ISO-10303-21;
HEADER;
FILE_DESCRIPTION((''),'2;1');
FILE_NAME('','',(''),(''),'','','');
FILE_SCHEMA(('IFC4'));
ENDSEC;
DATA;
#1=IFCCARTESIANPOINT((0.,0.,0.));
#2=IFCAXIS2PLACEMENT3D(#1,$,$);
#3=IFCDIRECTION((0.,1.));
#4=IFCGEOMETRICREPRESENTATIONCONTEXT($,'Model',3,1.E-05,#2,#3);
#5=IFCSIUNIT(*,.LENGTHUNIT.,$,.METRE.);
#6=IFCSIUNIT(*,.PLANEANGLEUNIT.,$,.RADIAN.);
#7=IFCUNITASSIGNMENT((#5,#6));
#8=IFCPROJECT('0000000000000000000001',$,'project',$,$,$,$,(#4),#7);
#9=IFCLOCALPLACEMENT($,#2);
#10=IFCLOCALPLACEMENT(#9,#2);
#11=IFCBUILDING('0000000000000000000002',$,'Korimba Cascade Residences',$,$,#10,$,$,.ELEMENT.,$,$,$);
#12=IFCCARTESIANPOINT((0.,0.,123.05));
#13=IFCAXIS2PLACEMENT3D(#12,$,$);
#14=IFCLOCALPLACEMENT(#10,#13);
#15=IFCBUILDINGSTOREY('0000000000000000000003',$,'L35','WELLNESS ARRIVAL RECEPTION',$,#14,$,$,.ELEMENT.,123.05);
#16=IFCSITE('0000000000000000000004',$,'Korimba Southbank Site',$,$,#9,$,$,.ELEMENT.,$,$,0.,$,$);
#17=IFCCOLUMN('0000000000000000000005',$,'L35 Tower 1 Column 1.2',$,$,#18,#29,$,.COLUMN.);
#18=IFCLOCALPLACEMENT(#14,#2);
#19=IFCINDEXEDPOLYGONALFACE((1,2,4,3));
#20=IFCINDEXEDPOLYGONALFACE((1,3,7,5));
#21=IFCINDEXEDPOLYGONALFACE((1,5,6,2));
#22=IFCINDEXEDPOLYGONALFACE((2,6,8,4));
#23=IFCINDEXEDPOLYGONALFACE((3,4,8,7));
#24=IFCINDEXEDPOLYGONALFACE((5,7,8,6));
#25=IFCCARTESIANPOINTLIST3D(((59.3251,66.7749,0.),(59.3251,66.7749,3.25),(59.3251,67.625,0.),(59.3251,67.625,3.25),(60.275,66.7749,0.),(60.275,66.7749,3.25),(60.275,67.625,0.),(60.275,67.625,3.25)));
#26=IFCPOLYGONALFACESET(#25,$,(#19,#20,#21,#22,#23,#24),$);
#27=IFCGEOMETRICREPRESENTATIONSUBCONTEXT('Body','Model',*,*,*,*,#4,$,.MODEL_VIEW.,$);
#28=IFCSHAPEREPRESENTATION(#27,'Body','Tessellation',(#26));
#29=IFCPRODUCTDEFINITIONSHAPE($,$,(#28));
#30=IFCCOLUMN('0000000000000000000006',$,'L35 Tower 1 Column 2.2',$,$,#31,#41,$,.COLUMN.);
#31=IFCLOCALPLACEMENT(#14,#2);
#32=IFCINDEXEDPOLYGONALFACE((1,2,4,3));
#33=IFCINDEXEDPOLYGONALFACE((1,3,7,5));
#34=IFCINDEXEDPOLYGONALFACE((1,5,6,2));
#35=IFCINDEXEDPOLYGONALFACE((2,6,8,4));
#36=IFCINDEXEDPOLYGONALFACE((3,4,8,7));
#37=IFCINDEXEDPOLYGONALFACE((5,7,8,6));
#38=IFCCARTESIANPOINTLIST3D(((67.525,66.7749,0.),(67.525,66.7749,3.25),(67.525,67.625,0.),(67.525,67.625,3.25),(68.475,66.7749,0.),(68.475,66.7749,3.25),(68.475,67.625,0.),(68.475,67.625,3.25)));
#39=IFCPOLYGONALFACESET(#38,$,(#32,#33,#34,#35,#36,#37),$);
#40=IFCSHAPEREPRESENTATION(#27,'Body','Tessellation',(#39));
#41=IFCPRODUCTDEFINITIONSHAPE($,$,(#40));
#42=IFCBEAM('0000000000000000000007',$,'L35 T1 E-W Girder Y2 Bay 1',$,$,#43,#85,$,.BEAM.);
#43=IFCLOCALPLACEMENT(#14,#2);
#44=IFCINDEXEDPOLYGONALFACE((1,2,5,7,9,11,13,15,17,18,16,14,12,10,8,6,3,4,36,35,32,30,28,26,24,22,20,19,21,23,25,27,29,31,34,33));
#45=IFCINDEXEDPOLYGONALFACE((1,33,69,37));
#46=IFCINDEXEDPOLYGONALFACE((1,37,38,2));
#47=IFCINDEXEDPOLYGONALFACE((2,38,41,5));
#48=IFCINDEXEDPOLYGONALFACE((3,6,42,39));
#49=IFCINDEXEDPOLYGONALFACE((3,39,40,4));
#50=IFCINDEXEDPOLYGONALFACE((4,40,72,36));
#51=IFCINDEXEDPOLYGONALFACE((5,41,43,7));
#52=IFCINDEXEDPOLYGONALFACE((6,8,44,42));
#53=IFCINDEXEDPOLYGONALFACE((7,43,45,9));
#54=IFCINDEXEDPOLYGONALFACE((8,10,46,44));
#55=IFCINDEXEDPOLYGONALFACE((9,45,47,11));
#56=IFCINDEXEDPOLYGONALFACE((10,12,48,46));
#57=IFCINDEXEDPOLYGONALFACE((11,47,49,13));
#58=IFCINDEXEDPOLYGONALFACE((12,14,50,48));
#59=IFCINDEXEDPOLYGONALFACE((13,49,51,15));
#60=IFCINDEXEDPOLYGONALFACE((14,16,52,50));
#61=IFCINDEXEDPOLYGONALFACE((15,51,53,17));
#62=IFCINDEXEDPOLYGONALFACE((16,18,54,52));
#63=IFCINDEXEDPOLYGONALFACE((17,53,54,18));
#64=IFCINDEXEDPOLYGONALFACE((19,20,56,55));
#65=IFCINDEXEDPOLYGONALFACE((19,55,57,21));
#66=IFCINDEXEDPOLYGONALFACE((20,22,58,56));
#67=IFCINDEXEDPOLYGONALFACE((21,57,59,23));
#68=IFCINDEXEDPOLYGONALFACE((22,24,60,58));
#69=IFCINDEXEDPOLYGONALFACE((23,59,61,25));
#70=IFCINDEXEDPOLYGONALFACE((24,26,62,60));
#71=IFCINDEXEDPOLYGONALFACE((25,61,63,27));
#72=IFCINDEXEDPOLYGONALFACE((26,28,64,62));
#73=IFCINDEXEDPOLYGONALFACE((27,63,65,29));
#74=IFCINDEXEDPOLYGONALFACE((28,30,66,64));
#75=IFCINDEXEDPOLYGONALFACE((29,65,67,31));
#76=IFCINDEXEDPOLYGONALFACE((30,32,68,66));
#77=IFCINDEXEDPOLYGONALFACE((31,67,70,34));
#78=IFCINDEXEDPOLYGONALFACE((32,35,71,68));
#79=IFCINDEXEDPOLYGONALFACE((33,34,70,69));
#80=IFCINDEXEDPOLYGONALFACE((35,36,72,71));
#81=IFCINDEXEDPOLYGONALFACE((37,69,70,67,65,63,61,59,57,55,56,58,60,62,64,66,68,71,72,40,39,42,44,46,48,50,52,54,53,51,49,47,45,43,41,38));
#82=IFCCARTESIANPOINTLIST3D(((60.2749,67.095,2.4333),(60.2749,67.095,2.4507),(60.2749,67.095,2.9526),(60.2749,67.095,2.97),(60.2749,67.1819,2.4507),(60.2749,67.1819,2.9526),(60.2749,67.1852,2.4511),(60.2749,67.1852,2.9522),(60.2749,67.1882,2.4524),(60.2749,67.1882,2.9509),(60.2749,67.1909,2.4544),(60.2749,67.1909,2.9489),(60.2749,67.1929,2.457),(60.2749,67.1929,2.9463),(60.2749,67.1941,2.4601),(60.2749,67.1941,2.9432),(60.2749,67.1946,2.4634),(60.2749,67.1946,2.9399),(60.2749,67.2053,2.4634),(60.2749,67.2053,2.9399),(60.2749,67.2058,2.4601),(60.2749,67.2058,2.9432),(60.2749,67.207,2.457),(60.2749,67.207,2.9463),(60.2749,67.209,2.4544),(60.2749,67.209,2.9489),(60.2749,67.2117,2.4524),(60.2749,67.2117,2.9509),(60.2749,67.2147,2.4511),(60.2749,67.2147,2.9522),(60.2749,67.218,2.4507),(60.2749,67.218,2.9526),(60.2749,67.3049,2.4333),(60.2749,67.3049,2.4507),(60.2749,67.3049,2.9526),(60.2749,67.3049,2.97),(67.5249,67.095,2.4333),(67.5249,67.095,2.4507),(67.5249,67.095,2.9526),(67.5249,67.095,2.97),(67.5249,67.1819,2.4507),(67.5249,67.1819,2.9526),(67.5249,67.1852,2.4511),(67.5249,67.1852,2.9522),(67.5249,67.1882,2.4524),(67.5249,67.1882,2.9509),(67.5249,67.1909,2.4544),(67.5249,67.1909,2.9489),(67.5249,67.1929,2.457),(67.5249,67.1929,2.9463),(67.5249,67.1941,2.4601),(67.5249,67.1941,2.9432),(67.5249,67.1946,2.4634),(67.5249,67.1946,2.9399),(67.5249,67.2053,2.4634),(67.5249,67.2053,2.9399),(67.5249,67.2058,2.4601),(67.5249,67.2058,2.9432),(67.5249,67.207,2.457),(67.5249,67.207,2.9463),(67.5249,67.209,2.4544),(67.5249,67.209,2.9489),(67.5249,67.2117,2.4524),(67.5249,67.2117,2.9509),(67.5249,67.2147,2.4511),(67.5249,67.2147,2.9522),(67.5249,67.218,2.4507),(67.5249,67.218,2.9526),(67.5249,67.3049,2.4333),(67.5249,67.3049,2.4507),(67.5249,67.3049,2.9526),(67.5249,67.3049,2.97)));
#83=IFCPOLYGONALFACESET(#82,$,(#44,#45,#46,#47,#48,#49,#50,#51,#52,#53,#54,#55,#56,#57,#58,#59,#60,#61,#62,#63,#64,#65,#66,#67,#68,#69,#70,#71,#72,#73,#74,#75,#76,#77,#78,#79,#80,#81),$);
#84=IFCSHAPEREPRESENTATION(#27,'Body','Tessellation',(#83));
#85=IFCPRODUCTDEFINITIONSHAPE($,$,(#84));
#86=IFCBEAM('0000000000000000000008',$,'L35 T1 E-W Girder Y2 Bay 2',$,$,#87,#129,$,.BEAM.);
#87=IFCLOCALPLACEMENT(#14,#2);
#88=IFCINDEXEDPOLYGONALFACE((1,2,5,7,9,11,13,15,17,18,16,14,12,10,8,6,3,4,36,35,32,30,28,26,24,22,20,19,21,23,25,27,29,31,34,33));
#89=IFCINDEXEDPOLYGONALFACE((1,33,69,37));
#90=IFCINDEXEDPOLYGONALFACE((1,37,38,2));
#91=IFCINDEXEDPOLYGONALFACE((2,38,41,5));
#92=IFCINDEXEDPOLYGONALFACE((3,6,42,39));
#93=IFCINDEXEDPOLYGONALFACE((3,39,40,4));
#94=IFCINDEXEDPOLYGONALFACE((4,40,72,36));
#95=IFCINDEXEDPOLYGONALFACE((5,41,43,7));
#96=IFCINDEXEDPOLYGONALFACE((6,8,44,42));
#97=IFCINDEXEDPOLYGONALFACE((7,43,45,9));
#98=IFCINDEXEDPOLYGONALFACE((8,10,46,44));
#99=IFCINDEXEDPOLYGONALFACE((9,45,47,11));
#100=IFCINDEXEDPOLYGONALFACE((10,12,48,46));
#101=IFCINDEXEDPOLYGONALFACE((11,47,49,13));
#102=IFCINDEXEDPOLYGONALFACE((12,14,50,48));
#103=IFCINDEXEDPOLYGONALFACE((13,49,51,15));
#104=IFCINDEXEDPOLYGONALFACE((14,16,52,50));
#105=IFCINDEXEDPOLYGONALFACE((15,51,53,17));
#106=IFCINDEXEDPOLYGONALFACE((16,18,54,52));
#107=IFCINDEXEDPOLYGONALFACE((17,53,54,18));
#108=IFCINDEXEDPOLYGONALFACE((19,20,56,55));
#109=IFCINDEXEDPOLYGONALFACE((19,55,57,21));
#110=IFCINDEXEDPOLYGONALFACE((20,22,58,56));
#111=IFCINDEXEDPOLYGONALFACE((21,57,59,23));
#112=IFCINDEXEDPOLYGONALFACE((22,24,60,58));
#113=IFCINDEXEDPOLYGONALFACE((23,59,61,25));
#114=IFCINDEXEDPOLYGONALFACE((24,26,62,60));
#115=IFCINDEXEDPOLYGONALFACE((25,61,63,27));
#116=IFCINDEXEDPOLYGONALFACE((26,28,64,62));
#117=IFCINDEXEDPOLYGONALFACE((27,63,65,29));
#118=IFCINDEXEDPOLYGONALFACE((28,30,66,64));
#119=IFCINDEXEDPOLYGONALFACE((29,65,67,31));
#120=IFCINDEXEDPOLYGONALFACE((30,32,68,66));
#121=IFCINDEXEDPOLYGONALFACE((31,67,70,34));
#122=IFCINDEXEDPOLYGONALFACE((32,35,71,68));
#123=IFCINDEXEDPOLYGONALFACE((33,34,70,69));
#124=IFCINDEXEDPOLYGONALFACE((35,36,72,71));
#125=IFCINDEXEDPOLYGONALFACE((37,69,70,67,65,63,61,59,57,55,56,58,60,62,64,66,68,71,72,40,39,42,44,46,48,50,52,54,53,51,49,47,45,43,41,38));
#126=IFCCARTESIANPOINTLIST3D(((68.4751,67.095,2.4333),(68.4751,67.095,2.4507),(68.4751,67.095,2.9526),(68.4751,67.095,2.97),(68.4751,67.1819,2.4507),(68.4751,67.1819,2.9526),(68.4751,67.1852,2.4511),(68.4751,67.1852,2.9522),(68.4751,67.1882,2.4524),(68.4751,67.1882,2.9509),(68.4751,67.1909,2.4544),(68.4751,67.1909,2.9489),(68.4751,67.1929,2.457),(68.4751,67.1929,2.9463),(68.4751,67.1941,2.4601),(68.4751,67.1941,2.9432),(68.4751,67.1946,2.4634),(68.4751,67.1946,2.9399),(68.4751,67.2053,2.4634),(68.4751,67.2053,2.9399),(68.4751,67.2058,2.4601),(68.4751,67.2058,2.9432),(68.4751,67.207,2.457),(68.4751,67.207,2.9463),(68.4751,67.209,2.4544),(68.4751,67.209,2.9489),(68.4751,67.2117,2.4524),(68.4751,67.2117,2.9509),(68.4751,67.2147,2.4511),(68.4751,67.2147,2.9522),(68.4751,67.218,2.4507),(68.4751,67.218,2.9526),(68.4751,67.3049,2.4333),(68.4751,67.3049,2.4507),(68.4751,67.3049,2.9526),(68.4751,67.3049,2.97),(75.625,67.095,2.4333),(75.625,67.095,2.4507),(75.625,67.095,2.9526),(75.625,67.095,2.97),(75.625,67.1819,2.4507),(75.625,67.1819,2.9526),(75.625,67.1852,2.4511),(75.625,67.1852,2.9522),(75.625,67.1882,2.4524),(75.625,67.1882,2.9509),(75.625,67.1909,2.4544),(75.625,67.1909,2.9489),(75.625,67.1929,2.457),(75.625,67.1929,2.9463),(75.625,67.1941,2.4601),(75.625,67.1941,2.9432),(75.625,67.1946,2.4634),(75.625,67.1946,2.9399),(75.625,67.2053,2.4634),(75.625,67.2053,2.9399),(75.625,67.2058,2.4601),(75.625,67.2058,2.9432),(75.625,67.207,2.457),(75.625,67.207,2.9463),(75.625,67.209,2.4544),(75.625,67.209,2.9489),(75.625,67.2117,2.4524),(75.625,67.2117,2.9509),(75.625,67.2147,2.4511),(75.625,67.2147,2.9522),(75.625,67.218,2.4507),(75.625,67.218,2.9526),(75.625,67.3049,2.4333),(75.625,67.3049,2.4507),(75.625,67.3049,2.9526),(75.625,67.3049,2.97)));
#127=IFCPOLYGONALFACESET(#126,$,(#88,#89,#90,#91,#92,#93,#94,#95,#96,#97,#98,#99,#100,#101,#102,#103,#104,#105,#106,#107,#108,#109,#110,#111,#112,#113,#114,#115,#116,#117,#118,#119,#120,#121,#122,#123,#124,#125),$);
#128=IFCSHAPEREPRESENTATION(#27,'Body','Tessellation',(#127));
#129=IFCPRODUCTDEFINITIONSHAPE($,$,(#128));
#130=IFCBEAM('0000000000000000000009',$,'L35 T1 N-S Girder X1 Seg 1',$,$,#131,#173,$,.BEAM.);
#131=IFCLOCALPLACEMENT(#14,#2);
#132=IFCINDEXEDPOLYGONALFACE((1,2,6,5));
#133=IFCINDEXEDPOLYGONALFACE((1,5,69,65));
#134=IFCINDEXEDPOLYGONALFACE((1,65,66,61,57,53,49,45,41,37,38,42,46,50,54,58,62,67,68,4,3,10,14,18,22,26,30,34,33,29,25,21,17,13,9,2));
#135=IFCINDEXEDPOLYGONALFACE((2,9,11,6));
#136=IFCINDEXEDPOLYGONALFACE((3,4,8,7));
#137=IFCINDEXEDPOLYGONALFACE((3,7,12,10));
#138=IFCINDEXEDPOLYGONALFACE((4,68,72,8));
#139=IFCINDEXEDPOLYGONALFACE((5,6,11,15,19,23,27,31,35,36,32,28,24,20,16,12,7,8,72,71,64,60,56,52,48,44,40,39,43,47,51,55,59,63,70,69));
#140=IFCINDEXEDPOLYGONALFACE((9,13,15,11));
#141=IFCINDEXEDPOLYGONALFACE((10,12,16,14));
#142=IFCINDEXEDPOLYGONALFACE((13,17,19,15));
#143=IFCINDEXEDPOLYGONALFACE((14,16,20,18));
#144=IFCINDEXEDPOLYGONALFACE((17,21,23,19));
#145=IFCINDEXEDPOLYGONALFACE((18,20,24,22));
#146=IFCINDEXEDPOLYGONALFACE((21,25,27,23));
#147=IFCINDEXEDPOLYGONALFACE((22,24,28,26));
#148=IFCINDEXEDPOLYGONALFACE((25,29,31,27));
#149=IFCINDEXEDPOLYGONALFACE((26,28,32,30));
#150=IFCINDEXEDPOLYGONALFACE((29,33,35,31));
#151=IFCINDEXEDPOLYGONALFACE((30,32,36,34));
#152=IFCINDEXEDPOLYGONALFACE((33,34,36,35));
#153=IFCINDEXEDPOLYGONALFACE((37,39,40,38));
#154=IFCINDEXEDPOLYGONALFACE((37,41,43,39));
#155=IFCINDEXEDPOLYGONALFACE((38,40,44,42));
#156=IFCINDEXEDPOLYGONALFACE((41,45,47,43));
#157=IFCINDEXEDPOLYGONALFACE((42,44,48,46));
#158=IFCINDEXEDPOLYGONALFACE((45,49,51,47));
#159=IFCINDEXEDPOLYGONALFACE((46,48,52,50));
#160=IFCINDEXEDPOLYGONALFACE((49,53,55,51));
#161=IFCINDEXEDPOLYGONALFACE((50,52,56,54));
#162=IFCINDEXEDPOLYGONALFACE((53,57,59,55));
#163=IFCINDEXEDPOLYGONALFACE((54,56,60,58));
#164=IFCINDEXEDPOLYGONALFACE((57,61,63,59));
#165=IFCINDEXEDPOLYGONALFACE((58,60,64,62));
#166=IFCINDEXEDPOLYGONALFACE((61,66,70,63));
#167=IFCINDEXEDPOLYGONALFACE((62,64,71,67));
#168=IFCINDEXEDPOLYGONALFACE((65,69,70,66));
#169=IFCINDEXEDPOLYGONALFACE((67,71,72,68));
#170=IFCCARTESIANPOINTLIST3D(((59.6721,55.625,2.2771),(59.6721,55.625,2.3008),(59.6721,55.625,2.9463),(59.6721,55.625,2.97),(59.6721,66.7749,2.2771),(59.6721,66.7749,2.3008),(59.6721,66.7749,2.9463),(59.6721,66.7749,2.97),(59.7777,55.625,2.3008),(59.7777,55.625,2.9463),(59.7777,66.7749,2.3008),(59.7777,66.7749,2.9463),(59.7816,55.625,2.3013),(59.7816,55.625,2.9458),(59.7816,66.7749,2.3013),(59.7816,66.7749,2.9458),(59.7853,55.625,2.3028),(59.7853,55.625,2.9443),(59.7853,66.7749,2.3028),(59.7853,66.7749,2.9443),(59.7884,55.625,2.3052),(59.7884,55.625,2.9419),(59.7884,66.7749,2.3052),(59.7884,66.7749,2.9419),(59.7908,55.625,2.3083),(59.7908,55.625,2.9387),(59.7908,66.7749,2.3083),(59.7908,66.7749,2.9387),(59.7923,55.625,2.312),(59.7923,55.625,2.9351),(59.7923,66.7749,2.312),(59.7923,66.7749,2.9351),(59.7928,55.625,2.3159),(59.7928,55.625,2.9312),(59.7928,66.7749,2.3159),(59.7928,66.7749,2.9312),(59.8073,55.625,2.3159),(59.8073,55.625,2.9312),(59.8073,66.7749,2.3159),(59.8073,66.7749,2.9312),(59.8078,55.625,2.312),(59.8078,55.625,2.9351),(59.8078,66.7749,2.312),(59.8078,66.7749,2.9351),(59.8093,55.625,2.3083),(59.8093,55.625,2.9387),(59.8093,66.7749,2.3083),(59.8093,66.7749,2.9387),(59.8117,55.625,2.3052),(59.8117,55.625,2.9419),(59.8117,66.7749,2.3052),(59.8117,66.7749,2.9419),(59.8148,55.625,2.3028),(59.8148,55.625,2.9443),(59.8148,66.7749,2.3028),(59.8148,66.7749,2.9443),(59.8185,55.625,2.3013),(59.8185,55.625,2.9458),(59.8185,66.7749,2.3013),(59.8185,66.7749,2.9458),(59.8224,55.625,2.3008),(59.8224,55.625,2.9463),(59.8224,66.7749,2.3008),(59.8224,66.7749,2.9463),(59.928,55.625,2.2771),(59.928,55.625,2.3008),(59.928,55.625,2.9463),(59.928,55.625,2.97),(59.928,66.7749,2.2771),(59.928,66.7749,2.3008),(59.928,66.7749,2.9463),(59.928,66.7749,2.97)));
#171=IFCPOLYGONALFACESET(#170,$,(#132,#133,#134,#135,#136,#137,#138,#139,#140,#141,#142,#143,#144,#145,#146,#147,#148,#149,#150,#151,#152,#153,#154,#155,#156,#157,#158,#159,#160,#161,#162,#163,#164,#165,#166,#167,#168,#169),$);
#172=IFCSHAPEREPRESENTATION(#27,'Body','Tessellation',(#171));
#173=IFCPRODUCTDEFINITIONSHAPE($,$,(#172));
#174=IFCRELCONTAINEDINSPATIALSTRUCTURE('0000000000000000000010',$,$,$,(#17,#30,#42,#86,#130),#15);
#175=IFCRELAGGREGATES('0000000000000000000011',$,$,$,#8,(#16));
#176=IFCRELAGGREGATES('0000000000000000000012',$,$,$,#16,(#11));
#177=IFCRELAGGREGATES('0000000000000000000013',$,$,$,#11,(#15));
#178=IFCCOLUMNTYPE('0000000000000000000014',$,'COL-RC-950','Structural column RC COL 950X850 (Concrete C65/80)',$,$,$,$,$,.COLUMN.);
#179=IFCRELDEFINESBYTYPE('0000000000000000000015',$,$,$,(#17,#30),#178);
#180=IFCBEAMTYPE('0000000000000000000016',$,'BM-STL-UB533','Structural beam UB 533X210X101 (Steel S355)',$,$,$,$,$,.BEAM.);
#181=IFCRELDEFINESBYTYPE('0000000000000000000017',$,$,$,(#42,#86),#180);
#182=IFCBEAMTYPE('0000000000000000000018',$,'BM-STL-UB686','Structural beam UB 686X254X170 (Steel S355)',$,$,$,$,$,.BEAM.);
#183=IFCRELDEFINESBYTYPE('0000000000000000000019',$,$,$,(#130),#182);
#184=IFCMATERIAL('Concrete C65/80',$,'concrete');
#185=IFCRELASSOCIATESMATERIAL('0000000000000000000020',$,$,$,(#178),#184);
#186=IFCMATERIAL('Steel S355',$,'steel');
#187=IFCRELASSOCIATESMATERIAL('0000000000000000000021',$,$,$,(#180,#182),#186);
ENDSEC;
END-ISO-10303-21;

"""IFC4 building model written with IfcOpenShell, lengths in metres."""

from ifc_helpers import new_model, si_unit, direction, frame, origin, origin_2d, place, context, subcontext, project, spatial, rectangle, i_section, extrude, material, material_profile, profile_set, type_object, element, save


model = new_model("IFC4")

# Units and contexts
model_context = context("Model", 3, precision=1e-05, world=origin(), true_north=direction((0.0, 1.0)))
body_context = subcontext(model_context, "Body", "Model", "MODEL_VIEW")
ifc_project = project(units=[si_unit("LENGTHUNIT", "METRE"), si_unit("PLANEANGLEUNIT", "RADIAN")], contexts=[model_context])

# Site, building, storey
site_placement = place(None, origin())
site = spatial("IfcSite", under=ifc_project, at=site_placement, Name="Korimba Southbank Site", CompositionType="ELEMENT", RefElevation=0.0)
building_placement = place(site_placement, origin())
building = spatial("IfcBuilding", under=site, at=building_placement, Name="Korimba Cascade Residences", CompositionType="ELEMENT")
storey_placement = place(building_placement, frame((0.0, 0.0, 123.05)))
storey = spatial("IfcBuildingStorey", under=building, at=storey_placement, Name="L35", Description="WELLNESS ARRIVAL RECEPTION", CompositionType="ELEMENT", Elevation=123.05)

# Columns
ifc_material_1 = material(Name="Concrete C65/80", Category="concrete")
ifc_material_profile_1 = material_profile(ifc_material_1, rectangle(XDim=0.95, YDim=0.8501, at=origin_2d()), Name="Concrete C65/80")
ifc_profile_set_1 = profile_set([ifc_material_profile_1], Name="Concrete C65/80")
column_type = type_object("IfcColumnType", Name="COL-RC-950", Description="Structural column RC COL 950X850 (Concrete C65/80)", PredefinedType="COLUMN", material=ifc_profile_set_1)
for number, where, z_axis, x_axis, name in (
    (1, (59.8, 67.2, 0.0), (0.0, 0.0, 1.0), (1.0, 0.0, 0.0), "L35 Tower 1 Column 1.2"),
    (2, (68.0, 67.2, 0.0), (0.0, 0.0, 1.0), (1.0, 0.0, 0.0), "L35 Tower 1 Column 2.2"),
):
    element("IfcColumn", number, at=place(storey_placement, frame(where, z_axis=z_axis, x_axis=x_axis)), inside=storey, type_object=column_type, Name=name, PredefinedType="COLUMN", context=body_context, shape_type="SweptSolid", body=[
        extrude(rectangle(XDim=0.95, YDim=0.8501, at=origin_2d()), origin(), (0.0, 0.0, 1.0), 3.25),
    ])

# Beams
ifc_material_2 = material(Name="Steel S355", Category="steel")
ifc_material_profile_2 = material_profile(ifc_material_2, i_section(OverallWidth=0.21, OverallDepth=0.5366, WebThickness=0.0107, FlangeThickness=0.0173, FilletRadius=0.0127, at=origin_2d()), Name="Steel S355")
ifc_profile_set_2 = profile_set([ifc_material_profile_2], Name="Steel S355")
beam_type_1 = type_object("IfcBeamType", Name="BM-STL-UB533", Description="Structural beam UB 533X210X101 (Steel S355)", PredefinedType="BEAM", material=ifc_profile_set_2)
beam_1_placement = place(storey_placement, frame((60.2749, 67.2, 2.7017), z_axis=(1.0, 0.0, 0.0), x_axis=(0.0, 1.0, 0.0)))
element("IfcBeam", 3, at=beam_1_placement, inside=storey, type_object=beam_type_1, Name="L35 T1 E-W Girder Y2 Bay 1", PredefinedType="BEAM", context=body_context, shape_type="SweptSolid", body=[
    extrude(i_section(OverallWidth=0.21, OverallDepth=0.5366, WebThickness=0.0107, FlangeThickness=0.0173, FilletRadius=0.0127, at=origin_2d()), origin(), (0.0, 0.0, 1.0), 7.25),
])
beam_2_placement = place(storey_placement, frame((68.4751, 67.2, 2.7017), z_axis=(1.0, 0.0, 0.0), x_axis=(0.0, 1.0, 0.0)))
element("IfcBeam", 4, at=beam_2_placement, inside=storey, type_object=beam_type_1, Name="L35 T1 E-W Girder Y2 Bay 2", PredefinedType="BEAM", context=body_context, shape_type="SweptSolid", body=[
    extrude(i_section(OverallWidth=0.21, OverallDepth=0.5366, WebThickness=0.0107, FlangeThickness=0.0173, FilletRadius=0.0127, at=origin_2d()), origin(), (0.0, 0.0, 1.0), 7.1499),
])
ifc_material_profile_3 = material_profile(ifc_material_2, i_section(OverallWidth=0.2559, OverallDepth=0.6929, WebThickness=0.0144, FlangeThickness=0.0237, FilletRadius=0.0151, at=origin_2d()), Name="Steel S355")
ifc_profile_set_3 = profile_set([ifc_material_profile_3], Name="Steel S355")
beam_type_2 = type_object("IfcBeamType", Name="BM-STL-UB686", Description="Structural beam UB 686X254X170 (Steel S355)", PredefinedType="BEAM", material=ifc_profile_set_3)
beam_3_placement = place(storey_placement, frame((59.8, 55.625, 2.6235), z_axis=(0.0, 1.0, 0.0), x_axis=(-1.0, 0.0, 0.0)))
element("IfcBeam", 5, at=beam_3_placement, inside=storey, type_object=beam_type_2, Name="L35 T1 N-S Girder X1 Seg 1", PredefinedType="BEAM", context=body_context, shape_type="SweptSolid", body=[
    extrude(i_section(OverallWidth=0.2559, OverallDepth=0.6929, WebThickness=0.0144, FlangeThickness=0.0237, FilletRadius=0.0151, at=origin_2d()), origin(), (0.0, 0.0, 1.0), 11.1499),
])

save(model, "model.ifc")
